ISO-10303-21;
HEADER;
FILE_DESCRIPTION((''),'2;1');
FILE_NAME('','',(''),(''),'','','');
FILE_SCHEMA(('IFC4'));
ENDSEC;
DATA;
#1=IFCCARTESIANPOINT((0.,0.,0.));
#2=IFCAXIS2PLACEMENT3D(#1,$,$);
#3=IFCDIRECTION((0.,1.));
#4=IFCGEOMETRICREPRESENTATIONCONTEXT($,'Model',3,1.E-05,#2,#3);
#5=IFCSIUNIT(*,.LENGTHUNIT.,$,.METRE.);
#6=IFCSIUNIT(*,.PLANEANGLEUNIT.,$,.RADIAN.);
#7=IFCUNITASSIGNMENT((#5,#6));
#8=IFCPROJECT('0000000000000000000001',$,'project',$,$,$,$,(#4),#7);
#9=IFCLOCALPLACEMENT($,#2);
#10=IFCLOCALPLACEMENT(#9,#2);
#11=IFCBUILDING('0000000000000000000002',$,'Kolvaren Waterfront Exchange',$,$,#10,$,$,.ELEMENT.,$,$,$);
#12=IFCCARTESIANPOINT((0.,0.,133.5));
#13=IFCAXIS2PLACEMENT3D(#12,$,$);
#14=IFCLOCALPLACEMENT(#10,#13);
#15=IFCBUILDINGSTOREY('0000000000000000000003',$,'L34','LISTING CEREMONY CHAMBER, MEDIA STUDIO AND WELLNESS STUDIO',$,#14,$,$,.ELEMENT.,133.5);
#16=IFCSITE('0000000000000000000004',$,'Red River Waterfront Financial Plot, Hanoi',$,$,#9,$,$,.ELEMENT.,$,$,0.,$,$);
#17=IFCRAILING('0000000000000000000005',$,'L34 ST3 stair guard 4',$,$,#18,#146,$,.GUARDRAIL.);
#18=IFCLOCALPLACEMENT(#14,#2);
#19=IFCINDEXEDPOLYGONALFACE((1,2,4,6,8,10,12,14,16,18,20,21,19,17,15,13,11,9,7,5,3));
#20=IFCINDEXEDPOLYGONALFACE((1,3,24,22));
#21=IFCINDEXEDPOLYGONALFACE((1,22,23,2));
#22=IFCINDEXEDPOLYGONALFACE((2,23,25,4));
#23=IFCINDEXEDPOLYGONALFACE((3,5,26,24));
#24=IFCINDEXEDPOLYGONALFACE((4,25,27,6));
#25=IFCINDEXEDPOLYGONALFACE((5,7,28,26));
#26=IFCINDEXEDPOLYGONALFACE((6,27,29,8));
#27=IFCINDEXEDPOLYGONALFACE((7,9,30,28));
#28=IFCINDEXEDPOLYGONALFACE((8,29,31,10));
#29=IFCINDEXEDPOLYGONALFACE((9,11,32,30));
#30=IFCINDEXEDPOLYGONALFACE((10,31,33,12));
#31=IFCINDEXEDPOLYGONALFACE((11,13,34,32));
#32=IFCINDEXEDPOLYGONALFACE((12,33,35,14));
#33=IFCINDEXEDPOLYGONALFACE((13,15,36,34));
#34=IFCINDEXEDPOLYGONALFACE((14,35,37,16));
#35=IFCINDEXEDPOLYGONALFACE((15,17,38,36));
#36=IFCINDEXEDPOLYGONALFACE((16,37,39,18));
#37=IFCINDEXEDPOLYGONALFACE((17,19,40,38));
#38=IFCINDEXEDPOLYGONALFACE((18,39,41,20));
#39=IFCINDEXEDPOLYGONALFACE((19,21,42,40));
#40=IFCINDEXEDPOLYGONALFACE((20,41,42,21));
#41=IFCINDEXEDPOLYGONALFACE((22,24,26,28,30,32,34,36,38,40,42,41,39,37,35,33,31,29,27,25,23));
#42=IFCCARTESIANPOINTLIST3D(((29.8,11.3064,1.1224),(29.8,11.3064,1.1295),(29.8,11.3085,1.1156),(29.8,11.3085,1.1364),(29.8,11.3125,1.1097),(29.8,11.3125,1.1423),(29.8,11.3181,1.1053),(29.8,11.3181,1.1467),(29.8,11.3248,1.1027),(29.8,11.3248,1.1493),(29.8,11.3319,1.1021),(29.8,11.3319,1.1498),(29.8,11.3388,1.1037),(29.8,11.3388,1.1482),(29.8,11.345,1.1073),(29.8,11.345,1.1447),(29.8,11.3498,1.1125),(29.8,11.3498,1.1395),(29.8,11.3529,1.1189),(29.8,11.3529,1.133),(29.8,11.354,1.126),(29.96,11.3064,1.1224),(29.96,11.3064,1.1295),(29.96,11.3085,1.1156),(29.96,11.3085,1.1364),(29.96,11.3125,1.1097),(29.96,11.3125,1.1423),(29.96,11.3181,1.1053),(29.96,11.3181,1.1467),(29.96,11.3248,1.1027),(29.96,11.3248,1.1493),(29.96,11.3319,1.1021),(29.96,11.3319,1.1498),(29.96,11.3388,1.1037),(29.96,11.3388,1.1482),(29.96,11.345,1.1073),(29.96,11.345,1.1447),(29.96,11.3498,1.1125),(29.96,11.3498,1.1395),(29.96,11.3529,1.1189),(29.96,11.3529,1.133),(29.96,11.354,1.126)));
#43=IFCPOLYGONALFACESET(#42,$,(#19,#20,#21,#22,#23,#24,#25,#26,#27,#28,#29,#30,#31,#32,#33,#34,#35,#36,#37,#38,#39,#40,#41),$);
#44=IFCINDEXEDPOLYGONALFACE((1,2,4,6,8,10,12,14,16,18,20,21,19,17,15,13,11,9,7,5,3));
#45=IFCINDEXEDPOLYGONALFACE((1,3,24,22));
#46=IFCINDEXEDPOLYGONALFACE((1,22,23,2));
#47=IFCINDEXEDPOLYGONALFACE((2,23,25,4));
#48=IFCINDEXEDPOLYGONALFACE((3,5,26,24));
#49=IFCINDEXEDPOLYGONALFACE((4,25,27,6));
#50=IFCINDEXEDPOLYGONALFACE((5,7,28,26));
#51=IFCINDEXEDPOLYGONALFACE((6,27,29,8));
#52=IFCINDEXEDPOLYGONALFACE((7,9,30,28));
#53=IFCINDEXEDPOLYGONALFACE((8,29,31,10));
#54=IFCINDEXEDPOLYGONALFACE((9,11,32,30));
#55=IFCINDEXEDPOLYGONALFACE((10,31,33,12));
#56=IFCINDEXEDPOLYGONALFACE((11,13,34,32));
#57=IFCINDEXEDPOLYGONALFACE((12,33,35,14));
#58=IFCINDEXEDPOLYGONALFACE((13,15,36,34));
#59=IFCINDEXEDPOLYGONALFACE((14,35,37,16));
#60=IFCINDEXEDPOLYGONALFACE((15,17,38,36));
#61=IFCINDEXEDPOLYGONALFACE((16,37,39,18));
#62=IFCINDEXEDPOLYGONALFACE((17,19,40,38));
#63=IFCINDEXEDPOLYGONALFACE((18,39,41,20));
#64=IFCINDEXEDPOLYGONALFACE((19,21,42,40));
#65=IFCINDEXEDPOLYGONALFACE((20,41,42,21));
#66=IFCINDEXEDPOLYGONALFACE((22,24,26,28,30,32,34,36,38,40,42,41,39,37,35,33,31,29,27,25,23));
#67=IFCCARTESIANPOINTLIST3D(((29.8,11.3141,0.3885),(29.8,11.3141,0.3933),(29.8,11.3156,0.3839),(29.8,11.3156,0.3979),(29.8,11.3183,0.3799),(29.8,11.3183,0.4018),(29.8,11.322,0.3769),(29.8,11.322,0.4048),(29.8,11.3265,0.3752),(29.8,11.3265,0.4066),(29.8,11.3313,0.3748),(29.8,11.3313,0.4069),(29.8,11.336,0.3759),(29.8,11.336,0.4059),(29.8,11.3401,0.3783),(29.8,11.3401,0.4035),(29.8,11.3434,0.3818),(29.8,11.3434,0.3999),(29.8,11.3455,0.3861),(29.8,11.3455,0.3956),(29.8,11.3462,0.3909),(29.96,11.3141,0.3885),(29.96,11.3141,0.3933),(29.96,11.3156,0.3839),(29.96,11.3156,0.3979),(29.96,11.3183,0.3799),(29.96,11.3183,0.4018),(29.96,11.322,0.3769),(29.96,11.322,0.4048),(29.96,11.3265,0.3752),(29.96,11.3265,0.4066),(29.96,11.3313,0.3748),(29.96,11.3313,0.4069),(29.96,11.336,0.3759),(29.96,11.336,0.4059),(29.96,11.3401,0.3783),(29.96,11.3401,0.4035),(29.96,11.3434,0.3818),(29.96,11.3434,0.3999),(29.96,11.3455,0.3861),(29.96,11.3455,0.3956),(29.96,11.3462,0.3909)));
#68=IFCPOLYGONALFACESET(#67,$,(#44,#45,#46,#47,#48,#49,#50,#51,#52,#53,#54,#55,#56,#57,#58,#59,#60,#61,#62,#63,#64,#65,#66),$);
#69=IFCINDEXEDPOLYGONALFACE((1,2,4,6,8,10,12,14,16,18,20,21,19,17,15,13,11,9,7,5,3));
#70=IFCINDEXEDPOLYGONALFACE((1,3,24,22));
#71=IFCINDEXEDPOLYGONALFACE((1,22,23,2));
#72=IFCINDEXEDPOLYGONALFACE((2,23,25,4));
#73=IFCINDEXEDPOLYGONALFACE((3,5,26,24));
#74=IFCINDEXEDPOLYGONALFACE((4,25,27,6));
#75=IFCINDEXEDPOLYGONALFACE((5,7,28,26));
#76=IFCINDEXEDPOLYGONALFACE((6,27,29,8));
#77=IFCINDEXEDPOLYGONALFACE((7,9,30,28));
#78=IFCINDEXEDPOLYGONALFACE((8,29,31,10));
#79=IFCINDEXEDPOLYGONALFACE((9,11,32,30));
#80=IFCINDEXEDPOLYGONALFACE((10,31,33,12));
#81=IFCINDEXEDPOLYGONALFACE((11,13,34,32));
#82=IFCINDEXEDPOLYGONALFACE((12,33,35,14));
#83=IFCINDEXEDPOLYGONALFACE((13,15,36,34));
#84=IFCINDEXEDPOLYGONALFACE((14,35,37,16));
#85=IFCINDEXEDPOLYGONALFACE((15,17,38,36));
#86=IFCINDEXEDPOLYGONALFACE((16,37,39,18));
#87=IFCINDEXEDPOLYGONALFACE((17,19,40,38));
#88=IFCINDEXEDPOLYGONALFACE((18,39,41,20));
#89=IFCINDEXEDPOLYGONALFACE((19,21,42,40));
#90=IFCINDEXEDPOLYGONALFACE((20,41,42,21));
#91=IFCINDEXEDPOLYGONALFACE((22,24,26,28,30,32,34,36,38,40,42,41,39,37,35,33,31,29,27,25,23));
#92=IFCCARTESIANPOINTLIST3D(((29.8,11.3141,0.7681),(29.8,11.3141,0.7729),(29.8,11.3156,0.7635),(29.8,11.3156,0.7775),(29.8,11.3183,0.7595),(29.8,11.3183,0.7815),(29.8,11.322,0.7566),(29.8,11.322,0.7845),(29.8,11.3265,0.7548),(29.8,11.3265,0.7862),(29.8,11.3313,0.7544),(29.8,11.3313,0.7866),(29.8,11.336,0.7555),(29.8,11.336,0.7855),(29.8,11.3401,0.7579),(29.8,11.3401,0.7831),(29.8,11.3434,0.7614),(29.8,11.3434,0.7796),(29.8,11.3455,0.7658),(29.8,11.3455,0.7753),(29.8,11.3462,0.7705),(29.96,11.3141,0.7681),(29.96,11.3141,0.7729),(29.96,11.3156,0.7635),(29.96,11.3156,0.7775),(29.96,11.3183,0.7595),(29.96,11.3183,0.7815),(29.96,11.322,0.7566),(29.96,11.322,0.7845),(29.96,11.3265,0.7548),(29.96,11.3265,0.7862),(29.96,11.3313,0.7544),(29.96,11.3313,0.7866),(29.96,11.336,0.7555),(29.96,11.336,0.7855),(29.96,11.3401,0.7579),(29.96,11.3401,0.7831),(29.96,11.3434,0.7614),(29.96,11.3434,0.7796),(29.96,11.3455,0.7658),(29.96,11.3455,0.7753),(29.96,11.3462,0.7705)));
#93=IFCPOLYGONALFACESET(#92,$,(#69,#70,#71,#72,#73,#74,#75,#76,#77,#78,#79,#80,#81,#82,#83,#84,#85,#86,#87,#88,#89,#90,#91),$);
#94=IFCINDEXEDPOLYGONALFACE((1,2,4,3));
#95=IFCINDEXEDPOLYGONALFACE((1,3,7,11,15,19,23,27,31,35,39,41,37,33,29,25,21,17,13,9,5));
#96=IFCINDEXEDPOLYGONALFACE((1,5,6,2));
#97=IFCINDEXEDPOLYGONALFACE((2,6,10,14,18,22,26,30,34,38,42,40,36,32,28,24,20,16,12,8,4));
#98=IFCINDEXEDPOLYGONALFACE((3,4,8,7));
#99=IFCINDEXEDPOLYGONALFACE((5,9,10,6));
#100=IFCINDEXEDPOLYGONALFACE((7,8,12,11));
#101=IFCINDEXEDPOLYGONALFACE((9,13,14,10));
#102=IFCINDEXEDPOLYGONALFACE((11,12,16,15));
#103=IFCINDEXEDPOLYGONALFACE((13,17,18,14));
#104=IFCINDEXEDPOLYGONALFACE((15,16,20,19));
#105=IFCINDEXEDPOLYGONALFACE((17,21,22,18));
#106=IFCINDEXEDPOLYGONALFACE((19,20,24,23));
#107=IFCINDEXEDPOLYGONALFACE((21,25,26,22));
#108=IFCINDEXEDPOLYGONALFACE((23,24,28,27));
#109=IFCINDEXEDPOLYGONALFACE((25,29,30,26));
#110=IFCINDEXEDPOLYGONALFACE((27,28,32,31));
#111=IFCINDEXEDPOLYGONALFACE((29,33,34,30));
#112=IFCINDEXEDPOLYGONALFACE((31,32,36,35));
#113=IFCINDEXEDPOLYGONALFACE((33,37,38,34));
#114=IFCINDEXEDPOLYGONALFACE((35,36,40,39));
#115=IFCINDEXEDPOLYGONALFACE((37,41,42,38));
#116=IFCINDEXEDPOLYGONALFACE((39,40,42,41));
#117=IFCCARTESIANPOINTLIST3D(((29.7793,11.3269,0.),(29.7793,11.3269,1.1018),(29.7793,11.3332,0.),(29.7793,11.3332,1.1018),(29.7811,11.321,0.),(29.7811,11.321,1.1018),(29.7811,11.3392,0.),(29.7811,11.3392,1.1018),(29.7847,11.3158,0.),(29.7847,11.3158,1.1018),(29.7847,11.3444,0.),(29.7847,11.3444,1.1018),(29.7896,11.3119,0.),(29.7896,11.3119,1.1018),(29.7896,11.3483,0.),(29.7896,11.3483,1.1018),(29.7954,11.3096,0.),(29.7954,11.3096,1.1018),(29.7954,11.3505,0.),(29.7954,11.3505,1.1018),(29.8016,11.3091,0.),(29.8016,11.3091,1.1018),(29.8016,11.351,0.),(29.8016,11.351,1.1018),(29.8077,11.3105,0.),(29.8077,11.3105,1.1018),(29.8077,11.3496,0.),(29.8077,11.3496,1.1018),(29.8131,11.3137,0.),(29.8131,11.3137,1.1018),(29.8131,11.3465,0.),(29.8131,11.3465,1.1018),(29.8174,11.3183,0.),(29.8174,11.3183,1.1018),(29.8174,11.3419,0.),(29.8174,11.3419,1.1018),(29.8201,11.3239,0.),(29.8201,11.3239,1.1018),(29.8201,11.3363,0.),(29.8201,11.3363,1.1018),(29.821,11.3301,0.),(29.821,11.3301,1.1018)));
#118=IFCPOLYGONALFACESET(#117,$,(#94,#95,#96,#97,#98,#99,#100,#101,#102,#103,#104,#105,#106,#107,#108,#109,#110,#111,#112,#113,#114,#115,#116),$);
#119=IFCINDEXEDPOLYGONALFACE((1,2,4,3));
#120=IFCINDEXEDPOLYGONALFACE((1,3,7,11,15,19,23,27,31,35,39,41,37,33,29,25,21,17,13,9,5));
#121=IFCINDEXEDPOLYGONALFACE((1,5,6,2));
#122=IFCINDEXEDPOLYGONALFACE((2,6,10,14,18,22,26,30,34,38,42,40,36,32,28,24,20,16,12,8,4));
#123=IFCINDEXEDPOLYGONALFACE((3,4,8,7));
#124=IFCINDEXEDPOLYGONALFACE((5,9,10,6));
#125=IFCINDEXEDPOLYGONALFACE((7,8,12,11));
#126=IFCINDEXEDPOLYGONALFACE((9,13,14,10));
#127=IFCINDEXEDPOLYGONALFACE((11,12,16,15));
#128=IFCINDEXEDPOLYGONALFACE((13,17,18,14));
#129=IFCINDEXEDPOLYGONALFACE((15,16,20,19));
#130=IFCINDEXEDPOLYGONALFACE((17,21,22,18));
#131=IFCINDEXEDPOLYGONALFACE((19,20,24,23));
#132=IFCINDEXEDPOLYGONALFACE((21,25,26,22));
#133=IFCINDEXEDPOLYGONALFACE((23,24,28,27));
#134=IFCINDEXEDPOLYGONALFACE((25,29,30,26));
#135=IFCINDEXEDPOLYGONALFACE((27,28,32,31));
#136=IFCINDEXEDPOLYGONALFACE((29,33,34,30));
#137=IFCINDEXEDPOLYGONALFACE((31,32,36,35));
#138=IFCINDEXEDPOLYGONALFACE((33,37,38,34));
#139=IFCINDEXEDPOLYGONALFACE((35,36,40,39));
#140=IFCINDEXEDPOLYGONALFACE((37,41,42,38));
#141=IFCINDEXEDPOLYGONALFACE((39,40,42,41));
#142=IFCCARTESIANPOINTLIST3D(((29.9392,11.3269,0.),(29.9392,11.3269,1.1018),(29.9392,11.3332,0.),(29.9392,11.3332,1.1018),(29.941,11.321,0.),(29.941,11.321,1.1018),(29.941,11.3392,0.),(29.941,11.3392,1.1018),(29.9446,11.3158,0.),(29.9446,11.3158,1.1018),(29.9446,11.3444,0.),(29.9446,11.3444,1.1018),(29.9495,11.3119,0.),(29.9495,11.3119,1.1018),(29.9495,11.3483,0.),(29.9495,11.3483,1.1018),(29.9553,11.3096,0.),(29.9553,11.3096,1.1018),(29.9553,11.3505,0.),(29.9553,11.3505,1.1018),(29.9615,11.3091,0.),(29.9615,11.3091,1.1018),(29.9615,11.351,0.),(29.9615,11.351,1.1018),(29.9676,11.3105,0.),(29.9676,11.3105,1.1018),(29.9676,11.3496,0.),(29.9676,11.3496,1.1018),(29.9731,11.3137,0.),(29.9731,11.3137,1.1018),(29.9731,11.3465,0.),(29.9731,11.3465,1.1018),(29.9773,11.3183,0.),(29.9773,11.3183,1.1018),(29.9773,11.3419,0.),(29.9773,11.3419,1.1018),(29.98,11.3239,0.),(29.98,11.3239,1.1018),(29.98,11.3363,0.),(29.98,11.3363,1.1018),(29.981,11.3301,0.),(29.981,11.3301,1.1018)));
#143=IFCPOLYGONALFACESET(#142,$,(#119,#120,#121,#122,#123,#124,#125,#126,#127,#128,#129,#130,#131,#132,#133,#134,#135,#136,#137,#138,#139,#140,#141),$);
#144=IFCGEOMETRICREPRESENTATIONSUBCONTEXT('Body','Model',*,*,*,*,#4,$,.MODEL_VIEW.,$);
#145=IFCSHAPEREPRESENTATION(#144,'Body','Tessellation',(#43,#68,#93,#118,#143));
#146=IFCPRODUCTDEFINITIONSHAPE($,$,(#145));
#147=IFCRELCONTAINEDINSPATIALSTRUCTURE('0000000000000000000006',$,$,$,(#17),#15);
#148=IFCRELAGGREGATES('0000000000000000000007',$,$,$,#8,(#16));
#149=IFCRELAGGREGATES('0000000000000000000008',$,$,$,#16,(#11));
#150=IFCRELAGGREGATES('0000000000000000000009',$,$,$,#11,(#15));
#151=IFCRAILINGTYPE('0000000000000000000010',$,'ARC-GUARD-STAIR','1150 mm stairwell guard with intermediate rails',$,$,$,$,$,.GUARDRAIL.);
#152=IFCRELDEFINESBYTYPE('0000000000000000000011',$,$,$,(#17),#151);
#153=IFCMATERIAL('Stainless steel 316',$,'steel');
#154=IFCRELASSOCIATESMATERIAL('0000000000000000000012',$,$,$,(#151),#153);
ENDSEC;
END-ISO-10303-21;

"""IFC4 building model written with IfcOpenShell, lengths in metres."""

from ifc_helpers import new_model, si_unit, direction, frame, origin, origin_2d, place, context, subcontext, project, spatial, circle, extrude, material, type_object, element, save


model = new_model("IFC4")

# Units and contexts
model_context = context("Model", 3, precision=1e-05, world=origin(), true_north=direction((0.0, 1.0)))
body_context = subcontext(model_context, "Body", "Model", "MODEL_VIEW")
ifc_project = project(units=[si_unit("LENGTHUNIT", "METRE"), si_unit("PLANEANGLEUNIT", "RADIAN")], contexts=[model_context])

# Site, building, storey
site_placement = place(None, origin())
site = spatial("IfcSite", under=ifc_project, at=site_placement, Name="Red River Waterfront Financial Plot, Hanoi", CompositionType="ELEMENT", RefElevation=0.0)
building_placement = place(site_placement, origin())
building = spatial("IfcBuilding", under=site, at=building_placement, Name="Kolvaren Waterfront Exchange", CompositionType="ELEMENT")
storey_placement = place(building_placement, frame((0.0, 0.0, 133.5)))
storey = spatial("IfcBuildingStorey", under=building, at=storey_placement, Name="L34", Description="LISTING CEREMONY CHAMBER, MEDIA STUDIO AND WELLNESS STUDIO", CompositionType="ELEMENT", Elevation=133.5)

# Railing
ifc_material_1 = material(Name="Stainless steel 316", Category="steel")
railing_type_1 = type_object("IfcRailingType", Name="ARC-GUARD-STAIR", Description="1150 mm stairwell guard with intermediate rails", PredefinedType="GUARDRAIL", material=ifc_material_1)
railing_1_placement = place(storey_placement, frame((29.8, 11.3301, 0.0)))
element("IfcRailing", 1, at=railing_1_placement, inside=storey, type_object=railing_type_1, Name="L34 ST3 stair guard 4", PredefinedType="GUARDRAIL", context=body_context, shape_type="SweptSolid", body=[
    extrude(circle(Radius=0.0239, at=origin_2d()), frame((0.0, 0.0, 1.126), z_axis=(1.0, 0.0, 0.0), x_axis=(0.0, 1.0, 0.0)), (0.0, 0.0, 1.0), 0.1599),
    extrude(circle(Radius=0.0161, at=origin_2d()), frame((0.0, 0.0, 0.3909), z_axis=(1.0, 0.0, 0.0), x_axis=(0.0, 1.0, 0.0)), (0.0, 0.0, 1.0), 0.1599),
    extrude(circle(Radius=0.0161, at=origin_2d()), frame((0.0, 0.0, 0.7705), z_axis=(1.0, 0.0, 0.0), x_axis=(0.0, 1.0, 0.0)), (0.0, 0.0, 1.0), 0.1599),
    extrude(circle(Radius=0.021, at=origin_2d()), origin(), (0.0, 0.0, 1.0), 1.1018),
    extrude(circle(Radius=0.021, at=origin_2d()), frame((0.1599, 0.0, 0.0)), (0.0, 0.0, 1.0), 1.1018),
])

save(model, "model.ifc")
